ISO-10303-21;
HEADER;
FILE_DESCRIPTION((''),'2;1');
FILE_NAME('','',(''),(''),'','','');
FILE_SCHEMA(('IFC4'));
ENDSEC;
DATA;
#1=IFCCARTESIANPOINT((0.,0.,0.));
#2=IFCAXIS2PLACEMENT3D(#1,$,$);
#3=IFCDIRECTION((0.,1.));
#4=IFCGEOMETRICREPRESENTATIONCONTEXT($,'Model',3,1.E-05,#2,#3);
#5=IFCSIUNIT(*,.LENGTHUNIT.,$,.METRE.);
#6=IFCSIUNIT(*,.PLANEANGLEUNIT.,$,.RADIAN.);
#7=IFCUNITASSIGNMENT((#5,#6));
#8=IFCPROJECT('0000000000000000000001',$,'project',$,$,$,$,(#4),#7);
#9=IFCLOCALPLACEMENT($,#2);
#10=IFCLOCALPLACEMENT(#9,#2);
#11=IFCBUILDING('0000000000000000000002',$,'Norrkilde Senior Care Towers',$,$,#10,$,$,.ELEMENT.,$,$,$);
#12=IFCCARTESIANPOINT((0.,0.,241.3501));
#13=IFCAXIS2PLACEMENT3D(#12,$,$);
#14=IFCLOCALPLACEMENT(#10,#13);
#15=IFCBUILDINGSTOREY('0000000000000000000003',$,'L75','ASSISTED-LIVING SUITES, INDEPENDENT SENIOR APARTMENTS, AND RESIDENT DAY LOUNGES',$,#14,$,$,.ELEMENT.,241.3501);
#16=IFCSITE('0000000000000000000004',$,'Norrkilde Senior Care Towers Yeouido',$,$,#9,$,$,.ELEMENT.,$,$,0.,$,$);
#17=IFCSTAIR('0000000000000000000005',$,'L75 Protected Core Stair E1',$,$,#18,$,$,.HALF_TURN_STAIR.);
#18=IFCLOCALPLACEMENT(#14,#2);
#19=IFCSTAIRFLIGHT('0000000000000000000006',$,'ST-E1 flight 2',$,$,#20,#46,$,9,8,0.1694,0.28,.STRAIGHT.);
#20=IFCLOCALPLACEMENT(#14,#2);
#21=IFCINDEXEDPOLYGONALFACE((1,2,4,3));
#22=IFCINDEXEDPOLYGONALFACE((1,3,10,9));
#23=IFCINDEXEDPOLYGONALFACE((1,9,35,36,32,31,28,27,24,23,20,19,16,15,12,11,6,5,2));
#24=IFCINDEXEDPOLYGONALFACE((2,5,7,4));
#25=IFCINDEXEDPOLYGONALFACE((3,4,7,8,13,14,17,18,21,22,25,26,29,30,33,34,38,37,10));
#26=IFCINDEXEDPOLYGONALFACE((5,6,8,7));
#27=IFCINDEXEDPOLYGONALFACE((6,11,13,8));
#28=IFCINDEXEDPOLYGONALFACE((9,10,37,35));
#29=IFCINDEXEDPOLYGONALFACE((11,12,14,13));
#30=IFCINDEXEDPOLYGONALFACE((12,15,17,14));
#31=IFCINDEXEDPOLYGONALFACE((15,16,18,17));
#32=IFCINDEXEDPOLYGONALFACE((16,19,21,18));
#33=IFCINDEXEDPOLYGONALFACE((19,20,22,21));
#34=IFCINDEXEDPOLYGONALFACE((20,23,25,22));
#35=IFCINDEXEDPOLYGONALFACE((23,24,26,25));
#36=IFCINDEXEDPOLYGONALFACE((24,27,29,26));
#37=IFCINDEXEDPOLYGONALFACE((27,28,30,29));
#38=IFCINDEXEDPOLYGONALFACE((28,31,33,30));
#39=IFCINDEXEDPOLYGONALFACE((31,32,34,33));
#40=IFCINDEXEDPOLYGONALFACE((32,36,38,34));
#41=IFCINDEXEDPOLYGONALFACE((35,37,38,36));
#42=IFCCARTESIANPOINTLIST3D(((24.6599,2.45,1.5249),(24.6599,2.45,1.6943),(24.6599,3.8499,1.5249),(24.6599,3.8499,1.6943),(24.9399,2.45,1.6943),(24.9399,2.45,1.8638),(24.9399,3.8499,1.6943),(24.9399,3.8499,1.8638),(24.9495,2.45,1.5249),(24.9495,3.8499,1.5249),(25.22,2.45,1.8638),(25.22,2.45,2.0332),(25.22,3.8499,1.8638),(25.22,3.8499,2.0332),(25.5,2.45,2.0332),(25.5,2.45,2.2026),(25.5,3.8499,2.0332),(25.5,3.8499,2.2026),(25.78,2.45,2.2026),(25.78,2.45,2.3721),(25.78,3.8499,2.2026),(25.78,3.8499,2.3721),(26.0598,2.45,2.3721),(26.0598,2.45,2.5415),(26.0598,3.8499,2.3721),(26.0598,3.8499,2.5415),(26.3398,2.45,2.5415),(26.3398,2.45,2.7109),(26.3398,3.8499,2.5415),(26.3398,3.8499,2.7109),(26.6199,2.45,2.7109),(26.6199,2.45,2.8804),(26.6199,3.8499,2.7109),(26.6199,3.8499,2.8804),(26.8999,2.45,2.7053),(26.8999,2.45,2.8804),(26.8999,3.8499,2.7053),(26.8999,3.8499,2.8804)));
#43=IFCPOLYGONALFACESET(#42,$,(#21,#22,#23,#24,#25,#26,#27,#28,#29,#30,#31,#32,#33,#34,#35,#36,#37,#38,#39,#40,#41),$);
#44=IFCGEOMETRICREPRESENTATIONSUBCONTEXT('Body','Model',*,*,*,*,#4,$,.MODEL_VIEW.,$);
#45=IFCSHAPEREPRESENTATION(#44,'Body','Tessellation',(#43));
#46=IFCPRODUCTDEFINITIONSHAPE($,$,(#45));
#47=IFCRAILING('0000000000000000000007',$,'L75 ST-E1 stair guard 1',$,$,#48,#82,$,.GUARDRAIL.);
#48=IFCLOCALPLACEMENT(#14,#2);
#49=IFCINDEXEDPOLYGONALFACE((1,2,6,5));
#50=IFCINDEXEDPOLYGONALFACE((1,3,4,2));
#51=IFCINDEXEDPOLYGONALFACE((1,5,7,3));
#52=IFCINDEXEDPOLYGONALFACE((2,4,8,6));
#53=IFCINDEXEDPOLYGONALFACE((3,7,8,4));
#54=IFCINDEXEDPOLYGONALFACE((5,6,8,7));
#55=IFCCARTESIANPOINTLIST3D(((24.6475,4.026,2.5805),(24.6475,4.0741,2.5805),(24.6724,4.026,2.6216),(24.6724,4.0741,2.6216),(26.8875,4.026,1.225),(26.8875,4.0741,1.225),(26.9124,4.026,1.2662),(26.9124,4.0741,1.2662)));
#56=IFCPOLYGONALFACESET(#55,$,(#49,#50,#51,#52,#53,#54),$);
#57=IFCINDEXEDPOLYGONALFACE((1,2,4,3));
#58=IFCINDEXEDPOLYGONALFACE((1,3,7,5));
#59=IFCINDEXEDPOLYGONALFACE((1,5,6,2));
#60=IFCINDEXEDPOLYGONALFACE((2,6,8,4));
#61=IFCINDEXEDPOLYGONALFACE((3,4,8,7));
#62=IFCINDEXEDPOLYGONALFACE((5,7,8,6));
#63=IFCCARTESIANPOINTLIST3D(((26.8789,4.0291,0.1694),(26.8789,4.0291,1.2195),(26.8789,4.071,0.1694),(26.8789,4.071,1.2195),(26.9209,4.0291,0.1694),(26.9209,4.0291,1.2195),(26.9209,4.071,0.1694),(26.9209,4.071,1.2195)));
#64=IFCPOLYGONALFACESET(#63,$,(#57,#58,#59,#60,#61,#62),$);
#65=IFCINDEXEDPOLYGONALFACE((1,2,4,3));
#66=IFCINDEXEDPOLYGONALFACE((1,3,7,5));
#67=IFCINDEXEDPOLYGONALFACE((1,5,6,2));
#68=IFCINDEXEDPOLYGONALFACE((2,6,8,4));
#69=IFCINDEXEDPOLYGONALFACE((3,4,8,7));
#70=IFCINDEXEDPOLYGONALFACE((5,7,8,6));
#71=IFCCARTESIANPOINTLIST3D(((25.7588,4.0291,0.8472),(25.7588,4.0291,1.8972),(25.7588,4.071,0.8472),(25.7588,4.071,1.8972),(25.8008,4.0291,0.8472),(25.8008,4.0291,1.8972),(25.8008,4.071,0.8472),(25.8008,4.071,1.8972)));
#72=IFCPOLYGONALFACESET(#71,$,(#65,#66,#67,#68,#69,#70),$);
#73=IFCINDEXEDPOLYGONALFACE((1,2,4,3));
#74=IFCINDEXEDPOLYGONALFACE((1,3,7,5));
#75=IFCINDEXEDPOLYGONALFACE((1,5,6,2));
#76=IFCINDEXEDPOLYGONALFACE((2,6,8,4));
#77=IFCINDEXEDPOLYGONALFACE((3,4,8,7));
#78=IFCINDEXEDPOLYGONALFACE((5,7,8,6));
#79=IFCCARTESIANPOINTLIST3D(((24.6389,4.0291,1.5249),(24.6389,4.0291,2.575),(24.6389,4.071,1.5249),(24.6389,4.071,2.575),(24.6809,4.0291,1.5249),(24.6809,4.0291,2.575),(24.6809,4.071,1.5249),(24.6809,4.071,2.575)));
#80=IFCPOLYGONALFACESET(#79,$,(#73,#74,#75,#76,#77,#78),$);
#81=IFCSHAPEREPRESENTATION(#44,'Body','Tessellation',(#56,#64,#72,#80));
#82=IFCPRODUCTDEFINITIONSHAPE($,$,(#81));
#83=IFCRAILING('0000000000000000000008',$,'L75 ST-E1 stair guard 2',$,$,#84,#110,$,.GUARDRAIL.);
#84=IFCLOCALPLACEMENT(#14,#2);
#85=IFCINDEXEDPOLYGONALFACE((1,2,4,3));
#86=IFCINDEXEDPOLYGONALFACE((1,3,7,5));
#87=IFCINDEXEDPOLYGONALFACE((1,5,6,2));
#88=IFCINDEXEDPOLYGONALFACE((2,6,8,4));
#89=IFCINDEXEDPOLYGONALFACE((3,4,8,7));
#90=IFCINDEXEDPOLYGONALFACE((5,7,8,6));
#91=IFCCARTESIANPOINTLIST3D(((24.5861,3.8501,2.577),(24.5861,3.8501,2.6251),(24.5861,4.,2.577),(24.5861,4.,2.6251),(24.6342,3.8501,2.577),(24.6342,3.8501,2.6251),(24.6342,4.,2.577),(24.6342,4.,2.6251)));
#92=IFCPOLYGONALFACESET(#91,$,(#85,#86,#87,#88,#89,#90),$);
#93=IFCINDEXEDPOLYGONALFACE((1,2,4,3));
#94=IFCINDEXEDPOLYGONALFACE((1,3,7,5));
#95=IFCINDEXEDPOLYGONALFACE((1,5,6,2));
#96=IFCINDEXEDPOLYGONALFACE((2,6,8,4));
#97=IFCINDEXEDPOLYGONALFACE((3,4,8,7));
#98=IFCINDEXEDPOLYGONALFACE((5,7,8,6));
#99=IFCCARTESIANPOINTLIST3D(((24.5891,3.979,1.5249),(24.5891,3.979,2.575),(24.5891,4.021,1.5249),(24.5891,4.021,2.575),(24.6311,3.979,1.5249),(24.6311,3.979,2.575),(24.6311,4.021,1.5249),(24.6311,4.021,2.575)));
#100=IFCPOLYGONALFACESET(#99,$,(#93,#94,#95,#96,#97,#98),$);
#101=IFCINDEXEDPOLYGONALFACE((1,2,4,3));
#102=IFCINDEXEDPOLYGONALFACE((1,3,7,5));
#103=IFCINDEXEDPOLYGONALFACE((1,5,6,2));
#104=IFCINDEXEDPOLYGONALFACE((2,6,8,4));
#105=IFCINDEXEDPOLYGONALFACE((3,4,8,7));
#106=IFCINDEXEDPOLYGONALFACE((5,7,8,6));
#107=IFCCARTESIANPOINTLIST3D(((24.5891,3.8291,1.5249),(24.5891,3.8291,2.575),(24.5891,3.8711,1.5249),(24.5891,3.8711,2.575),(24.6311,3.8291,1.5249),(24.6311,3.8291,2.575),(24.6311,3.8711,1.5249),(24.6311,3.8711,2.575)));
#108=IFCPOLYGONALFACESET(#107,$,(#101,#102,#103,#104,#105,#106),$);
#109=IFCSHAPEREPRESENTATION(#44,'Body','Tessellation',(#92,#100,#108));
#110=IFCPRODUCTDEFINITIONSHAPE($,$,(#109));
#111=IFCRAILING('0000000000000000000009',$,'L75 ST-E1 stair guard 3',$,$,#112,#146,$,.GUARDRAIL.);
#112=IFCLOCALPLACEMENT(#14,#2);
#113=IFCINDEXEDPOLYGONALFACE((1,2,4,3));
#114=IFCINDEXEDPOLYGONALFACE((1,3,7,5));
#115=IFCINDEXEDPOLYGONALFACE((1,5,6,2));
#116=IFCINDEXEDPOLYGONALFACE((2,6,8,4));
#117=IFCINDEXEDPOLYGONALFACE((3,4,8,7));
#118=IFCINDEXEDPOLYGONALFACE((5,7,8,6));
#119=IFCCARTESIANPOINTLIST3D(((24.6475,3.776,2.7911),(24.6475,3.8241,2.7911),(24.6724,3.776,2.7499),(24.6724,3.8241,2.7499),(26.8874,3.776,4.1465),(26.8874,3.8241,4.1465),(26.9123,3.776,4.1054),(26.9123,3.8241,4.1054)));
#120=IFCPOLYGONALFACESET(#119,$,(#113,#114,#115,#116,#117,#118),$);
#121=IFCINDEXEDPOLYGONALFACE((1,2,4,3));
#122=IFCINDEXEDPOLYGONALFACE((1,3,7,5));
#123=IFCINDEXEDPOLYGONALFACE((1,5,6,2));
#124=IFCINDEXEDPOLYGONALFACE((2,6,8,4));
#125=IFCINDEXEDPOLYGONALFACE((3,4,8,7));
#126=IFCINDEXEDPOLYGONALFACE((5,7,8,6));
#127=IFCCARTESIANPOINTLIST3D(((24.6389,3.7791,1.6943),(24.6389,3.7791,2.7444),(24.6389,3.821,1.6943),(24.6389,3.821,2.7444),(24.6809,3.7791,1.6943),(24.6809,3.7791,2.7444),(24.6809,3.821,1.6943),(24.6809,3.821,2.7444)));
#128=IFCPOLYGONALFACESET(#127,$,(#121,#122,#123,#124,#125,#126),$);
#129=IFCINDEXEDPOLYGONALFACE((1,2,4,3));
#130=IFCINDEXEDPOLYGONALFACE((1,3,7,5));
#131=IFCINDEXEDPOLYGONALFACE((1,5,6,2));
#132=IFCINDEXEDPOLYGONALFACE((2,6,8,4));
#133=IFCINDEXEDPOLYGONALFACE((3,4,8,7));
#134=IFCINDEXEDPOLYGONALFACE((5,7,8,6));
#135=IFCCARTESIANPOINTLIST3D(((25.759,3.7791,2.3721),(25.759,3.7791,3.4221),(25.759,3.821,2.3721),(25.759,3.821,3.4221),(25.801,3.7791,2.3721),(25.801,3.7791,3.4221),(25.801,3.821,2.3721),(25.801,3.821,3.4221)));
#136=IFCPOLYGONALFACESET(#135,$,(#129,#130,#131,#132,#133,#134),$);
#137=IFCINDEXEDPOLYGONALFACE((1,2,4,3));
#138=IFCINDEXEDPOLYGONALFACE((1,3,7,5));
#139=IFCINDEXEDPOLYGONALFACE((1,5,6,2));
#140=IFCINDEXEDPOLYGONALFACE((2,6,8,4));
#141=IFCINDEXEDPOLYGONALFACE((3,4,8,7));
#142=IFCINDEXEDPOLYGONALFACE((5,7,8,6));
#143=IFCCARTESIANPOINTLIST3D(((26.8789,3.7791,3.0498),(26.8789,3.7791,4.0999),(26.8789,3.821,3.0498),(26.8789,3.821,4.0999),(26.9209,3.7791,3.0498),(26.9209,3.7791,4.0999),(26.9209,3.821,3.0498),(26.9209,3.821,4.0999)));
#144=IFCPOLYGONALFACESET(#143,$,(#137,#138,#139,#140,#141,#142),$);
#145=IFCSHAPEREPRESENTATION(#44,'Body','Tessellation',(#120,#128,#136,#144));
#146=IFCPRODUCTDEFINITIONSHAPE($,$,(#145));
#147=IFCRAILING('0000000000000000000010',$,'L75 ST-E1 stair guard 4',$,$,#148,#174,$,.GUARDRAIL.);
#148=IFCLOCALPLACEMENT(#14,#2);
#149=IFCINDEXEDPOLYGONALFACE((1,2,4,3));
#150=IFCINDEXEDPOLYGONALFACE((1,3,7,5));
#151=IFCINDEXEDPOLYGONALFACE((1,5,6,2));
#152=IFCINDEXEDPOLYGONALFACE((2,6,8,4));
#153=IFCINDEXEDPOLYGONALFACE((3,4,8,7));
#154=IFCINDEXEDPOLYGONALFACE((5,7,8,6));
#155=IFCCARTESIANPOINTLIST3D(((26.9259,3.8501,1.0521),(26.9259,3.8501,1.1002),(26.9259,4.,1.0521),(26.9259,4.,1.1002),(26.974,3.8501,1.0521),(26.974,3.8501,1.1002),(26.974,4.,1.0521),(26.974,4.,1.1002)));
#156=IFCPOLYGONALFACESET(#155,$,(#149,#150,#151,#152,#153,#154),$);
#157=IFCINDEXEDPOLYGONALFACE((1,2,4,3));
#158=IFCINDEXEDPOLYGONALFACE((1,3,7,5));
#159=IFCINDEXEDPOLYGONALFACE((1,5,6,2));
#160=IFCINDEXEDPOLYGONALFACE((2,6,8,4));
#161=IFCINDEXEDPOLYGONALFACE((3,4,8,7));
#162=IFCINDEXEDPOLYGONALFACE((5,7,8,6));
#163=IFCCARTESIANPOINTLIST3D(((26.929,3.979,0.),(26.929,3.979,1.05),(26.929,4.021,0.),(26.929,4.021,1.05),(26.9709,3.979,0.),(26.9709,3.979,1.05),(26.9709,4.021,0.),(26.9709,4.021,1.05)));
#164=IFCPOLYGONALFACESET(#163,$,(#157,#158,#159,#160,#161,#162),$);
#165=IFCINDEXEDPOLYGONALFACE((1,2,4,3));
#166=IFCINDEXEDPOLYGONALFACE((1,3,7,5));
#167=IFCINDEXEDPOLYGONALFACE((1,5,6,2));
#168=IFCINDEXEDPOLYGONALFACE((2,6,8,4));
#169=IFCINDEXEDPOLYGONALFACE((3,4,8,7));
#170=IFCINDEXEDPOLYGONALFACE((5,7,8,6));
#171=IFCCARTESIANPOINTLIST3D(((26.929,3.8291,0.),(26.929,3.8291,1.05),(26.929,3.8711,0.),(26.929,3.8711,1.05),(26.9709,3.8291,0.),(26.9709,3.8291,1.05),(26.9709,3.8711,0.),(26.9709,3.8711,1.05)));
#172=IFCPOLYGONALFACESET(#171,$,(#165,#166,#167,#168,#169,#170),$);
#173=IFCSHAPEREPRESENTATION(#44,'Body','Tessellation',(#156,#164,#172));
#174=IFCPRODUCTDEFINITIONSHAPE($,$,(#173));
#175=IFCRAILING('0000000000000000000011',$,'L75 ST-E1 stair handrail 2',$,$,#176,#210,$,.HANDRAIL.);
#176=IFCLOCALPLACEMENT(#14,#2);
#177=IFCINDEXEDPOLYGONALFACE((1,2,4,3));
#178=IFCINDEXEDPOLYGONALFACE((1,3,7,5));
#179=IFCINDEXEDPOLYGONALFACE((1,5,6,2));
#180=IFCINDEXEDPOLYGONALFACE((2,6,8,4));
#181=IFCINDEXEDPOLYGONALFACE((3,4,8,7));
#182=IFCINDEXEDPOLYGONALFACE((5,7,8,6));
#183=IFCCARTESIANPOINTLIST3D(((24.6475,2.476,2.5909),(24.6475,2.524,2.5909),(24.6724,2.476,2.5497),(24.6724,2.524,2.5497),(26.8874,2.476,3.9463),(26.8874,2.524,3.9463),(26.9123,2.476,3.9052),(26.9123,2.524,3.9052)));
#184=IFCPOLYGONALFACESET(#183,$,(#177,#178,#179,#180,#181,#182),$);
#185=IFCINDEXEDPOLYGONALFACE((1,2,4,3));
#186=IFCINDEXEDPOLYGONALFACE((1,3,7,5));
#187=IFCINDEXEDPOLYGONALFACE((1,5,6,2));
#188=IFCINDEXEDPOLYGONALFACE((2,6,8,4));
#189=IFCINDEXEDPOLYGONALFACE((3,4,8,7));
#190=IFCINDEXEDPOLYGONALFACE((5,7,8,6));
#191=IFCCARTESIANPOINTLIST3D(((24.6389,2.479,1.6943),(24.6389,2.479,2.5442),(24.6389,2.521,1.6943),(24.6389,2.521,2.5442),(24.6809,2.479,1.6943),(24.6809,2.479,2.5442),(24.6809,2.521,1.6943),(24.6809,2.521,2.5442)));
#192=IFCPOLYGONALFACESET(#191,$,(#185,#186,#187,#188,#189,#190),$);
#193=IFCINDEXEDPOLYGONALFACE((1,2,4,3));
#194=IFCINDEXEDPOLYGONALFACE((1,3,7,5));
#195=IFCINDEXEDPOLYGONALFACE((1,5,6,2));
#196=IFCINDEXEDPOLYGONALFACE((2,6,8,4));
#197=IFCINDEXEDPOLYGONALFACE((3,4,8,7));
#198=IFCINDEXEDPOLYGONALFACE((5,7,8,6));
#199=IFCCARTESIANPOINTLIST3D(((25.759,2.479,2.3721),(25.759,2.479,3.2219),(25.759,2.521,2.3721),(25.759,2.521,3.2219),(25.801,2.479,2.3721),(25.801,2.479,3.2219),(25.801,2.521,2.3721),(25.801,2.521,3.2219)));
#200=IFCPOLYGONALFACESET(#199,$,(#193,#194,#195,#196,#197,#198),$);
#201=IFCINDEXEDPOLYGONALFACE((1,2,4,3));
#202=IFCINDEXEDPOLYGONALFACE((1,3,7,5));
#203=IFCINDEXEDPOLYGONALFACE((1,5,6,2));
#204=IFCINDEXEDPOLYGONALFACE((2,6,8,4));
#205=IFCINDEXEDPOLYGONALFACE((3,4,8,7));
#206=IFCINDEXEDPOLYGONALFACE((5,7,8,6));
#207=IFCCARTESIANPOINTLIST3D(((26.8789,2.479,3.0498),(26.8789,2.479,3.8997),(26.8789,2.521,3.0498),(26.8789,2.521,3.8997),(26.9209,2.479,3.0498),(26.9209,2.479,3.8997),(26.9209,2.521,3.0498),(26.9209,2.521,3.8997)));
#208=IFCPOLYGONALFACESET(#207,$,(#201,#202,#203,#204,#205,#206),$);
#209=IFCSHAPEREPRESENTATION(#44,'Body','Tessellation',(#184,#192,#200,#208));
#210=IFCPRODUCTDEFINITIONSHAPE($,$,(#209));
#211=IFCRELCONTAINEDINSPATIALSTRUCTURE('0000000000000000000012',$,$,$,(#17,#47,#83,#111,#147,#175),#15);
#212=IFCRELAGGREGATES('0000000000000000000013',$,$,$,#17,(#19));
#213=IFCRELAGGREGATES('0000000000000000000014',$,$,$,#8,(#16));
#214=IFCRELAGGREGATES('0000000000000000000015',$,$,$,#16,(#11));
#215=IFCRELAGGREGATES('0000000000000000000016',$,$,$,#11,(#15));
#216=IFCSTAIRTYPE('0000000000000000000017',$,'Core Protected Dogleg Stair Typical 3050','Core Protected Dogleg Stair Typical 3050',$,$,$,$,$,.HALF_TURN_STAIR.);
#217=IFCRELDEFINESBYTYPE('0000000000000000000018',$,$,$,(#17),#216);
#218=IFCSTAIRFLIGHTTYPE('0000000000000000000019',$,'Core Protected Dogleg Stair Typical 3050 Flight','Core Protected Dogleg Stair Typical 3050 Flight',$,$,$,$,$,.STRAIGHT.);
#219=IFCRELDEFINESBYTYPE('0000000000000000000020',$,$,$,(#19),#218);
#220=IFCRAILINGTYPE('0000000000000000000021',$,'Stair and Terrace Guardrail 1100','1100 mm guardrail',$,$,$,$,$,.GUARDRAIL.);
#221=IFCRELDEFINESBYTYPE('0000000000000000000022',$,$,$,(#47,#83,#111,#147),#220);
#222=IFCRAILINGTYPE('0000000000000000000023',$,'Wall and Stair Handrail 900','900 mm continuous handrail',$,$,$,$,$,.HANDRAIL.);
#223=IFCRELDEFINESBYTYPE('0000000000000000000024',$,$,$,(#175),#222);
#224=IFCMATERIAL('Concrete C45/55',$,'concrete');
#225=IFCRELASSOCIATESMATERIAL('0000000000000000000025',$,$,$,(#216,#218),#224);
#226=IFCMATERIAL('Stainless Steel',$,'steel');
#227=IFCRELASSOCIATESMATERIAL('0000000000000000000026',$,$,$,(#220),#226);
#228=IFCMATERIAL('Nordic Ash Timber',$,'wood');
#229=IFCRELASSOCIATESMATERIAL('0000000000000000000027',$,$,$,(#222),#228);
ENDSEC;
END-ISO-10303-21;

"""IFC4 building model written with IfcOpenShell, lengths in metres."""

from ifc_helpers import new_model, si_unit, direction, frame, origin, origin_2d, place, context, subcontext, project, spatial, polyline, rectangle, outline, extrude, material, type_object, element, aggregate, save


model = new_model("IFC4")

# Units and contexts
model_context = context("Model", 3, precision=1e-05, world=origin(), true_north=direction((0.0, 1.0)))
body_context = subcontext(model_context, "Body", "Model", "MODEL_VIEW")
ifc_project = project(units=[si_unit("LENGTHUNIT", "METRE"), si_unit("PLANEANGLEUNIT", "RADIAN")], contexts=[model_context])

# Site, building, storey
site_placement = place(None, origin())
site = spatial("IfcSite", under=ifc_project, at=site_placement, Name="Norrkilde Senior Care Towers Yeouido", CompositionType="ELEMENT", RefElevation=0.0)
building_placement = place(site_placement, origin())
building = spatial("IfcBuilding", under=site, at=building_placement, Name="Norrkilde Senior Care Towers", CompositionType="ELEMENT")
storey_placement = place(building_placement, frame((0.0, 0.0, 241.3501)))
storey = spatial("IfcBuildingStorey", under=building, at=storey_placement, Name="L75", Description="ASSISTED-LIVING SUITES, INDEPENDENT SENIOR APARTMENTS, AND RESIDENT DAY LOUNGES", CompositionType="ELEMENT", Elevation=241.3501)

# Shared definitions
ifc_material_1 = material(Name="Concrete C45/55", Category="concrete")
ifc_material_2 = material(Name="Stainless Steel", Category="steel")

# Stair, stair flight
stair_type = type_object("IfcStairType", Name="Core Protected Dogleg Stair Typical 3050", Description="Core Protected Dogleg Stair Typical 3050", PredefinedType="HALF_TURN_STAIR", material=ifc_material_1)
stair_placement = place(storey_placement, origin())
stair = element("IfcStair", 1, at=stair_placement, inside=storey, type_object=stair_type, Name="L75 Protected Core Stair E1", PredefinedType="HALF_TURN_STAIR")
stair_flight_type = type_object("IfcStairFlightType", Name="Core Protected Dogleg Stair Typical 3050 Flight", Description="Core Protected Dogleg Stair Typical 3050 Flight", PredefinedType="STRAIGHT", material=ifc_material_1)
stair_flight_1_placement = place(storey_placement, frame((24.6599, 3.1499, 1.5249), z_axis=(0.0, 0.0, 1.0), x_axis=(1.0, 0.0, 0.0)))
stair_flight_1 = element("IfcStairFlight", 2, at=stair_flight_1_placement, type_object=stair_flight_type, Name="ST-E1 flight 2", NumberOfRisers=9, NumberOfTreads=8, PredefinedType="STRAIGHT", RiserHeight=0.1694, TreadLength=0.28, context=body_context, shape_type="SweptSolid", body=[
    extrude(outline(polyline([(0.0, 0.0), (0.0, 0.1694), (0.28, 0.1694), (0.28, 0.3389), (0.5601, 0.3389), (0.5601, 0.5083), (0.8401, 0.5083), (0.8401, 0.6777), (1.1201, 0.6777), (1.1201, 0.8472), (1.3999, 0.8472), (1.3999, 1.0166), (1.6799, 1.0166), (1.6799, 1.186), (1.96, 1.186), (1.96, 1.3555), (2.24, 1.3555), (2.24, 1.5249), (2.24, 1.1804), (0.2896, 0.0), (0.0, 0.0)])), frame((0.0, 0.7, 0.0), z_axis=(0.0, -1.0, 0.0), x_axis=(1.0, 0.0, 0.0)), (0.0, 0.0, 1.0), 1.3999),
])
aggregate(stair, [stair_flight_1])

# Railings
railing_type_1 = type_object("IfcRailingType", Name="Stair and Terrace Guardrail 1100", Description="1100 mm guardrail", PredefinedType="GUARDRAIL", material=ifc_material_2)
railing_1_placement = place(storey_placement, frame((26.8999, 4.05, 0.1694)))
element("IfcRailing", 3, at=railing_1_placement, inside=storey, type_object=railing_type_1, Name="L75 ST-E1 stair guard 1", PredefinedType="GUARDRAIL", context=body_context, shape_type="SweptSolid", body=[
    extrude(rectangle(XDim=0.0481, YDim=0.0481, at=origin_2d()), frame((0.0, 0.0, 1.0762), z_axis=(-0.855553, 0.0, 0.517715), x_axis=(0.0, -1.0, 0.0)), (0.0, 0.0, 1.0), 2.6182),
    extrude(rectangle(XDim=0.042, YDim=0.042, at=origin_2d()), origin(), (0.0, 0.0, 1.0), 1.05),
    extrude(rectangle(XDim=0.042, YDim=0.042, at=origin_2d()), frame((-1.1201, 0.0, 0.6777)), (0.0, 0.0, 1.0), 1.05),
    extrude(rectangle(XDim=0.042, YDim=0.042, at=origin_2d()), frame((-2.24, 0.0, 1.3555)), (0.0, 0.0, 1.0), 1.05),
])
railing_2_placement = place(storey_placement, frame((24.6101, 4.0, 1.5249)))
element("IfcRailing", 4, at=railing_2_placement, inside=storey, type_object=railing_type_1, Name="L75 ST-E1 stair guard 2", PredefinedType="GUARDRAIL", context=body_context, shape_type="SweptSolid", body=[
    extrude(rectangle(XDim=0.0481, YDim=0.0481, at=origin_2d()), frame((0.0, 0.0, 1.0762), z_axis=(0.0, -1.0, 0.0), x_axis=(1.0, 0.0, 0.0)), (0.0, 0.0, 1.0), 0.1499),
    extrude(rectangle(XDim=0.042, YDim=0.042, at=origin_2d()), origin(), (0.0, 0.0, 1.0), 1.05),
    extrude(rectangle(XDim=0.042, YDim=0.042, at=origin_2d()), frame((0.0, -0.1499, 0.0)), (0.0, 0.0, 1.0), 1.05),
])
railing_3_placement = place(storey_placement, frame((24.6599, 3.8, 1.6943)))
element("IfcRailing", 5, at=railing_3_placement, inside=storey, type_object=railing_type_1, Name="L75 ST-E1 stair guard 3", PredefinedType="GUARDRAIL", context=body_context, shape_type="SweptSolid", body=[
    extrude(rectangle(XDim=0.0481, YDim=0.0481, at=origin_2d()), frame((0.0, 0.0, 1.0762), z_axis=(0.855553, 0.0, 0.517715), x_axis=(0.0, 1.0, 0.0)), (0.0, 0.0, 1.0), 2.6182),
    extrude(rectangle(XDim=0.042, YDim=0.042, at=origin_2d()), origin(), (0.0, 0.0, 1.0), 1.05),
    extrude(rectangle(XDim=0.042, YDim=0.042, at=origin_2d()), frame((1.1201, 0.0, 0.6777)), (0.0, 0.0, 1.0), 1.05),
    extrude(rectangle(XDim=0.042, YDim=0.042, at=origin_2d()), frame((2.24, 0.0, 1.3555)), (0.0, 0.0, 1.0), 1.05),
])
railing_4_placement = place(storey_placement, frame((26.95, 4.0, 0.0)))
element("IfcRailing", 6, at=railing_4_placement, inside=storey, type_object=railing_type_1, Name="L75 ST-E1 stair guard 4", PredefinedType="GUARDRAIL", context=body_context, shape_type="SweptSolid", body=[
    extrude(rectangle(XDim=0.0481, YDim=0.0481, at=origin_2d()), frame((0.0, 0.0, 1.0762), z_axis=(0.0, -1.0, 0.0), x_axis=(1.0, 0.0, 0.0)), (0.0, 0.0, 1.0), 0.1499),
    extrude(rectangle(XDim=0.042, YDim=0.042, at=origin_2d()), origin(), (0.0, 0.0, 1.0), 1.05),
    extrude(rectangle(XDim=0.042, YDim=0.042, at=origin_2d()), frame((0.0, -0.1499, 0.0)), (0.0, 0.0, 1.0), 1.05),
])
ifc_material_3 = material(Name="Nordic Ash Timber", Category="wood")
railing_type_2 = type_object("IfcRailingType", Name="Wall and Stair Handrail 900", Description="900 mm continuous handrail", PredefinedType="HANDRAIL", material=ifc_material_3)
railing_5_placement = place(storey_placement, frame((24.6599, 2.5, 1.6943)))
element("IfcRailing", 7, at=railing_5_placement, inside=storey, type_object=railing_type_2, Name="L75 ST-E1 stair handrail 2", PredefinedType="HANDRAIL", context=body_context, shape_type="SweptSolid", body=[
    extrude(rectangle(XDim=0.0481, YDim=0.0481, at=origin_2d()), frame((0.0, 0.0, 0.876), z_axis=(0.855553, 0.0, 0.517715), x_axis=(0.0, 1.0, 0.0)), (0.0, 0.0, 1.0), 2.6182),
    extrude(rectangle(XDim=0.042, YDim=0.042, at=origin_2d()), origin(), (0.0, 0.0, 1.0), 0.8499),
    extrude(rectangle(XDim=0.042, YDim=0.042, at=origin_2d()), frame((1.1201, 0.0, 0.6777)), (0.0, 0.0, 1.0), 0.8499),
    extrude(rectangle(XDim=0.042, YDim=0.042, at=origin_2d()), frame((2.24, 0.0, 1.3555)), (0.0, 0.0, 1.0), 0.8499),
])

save(model, "model.ifc")
